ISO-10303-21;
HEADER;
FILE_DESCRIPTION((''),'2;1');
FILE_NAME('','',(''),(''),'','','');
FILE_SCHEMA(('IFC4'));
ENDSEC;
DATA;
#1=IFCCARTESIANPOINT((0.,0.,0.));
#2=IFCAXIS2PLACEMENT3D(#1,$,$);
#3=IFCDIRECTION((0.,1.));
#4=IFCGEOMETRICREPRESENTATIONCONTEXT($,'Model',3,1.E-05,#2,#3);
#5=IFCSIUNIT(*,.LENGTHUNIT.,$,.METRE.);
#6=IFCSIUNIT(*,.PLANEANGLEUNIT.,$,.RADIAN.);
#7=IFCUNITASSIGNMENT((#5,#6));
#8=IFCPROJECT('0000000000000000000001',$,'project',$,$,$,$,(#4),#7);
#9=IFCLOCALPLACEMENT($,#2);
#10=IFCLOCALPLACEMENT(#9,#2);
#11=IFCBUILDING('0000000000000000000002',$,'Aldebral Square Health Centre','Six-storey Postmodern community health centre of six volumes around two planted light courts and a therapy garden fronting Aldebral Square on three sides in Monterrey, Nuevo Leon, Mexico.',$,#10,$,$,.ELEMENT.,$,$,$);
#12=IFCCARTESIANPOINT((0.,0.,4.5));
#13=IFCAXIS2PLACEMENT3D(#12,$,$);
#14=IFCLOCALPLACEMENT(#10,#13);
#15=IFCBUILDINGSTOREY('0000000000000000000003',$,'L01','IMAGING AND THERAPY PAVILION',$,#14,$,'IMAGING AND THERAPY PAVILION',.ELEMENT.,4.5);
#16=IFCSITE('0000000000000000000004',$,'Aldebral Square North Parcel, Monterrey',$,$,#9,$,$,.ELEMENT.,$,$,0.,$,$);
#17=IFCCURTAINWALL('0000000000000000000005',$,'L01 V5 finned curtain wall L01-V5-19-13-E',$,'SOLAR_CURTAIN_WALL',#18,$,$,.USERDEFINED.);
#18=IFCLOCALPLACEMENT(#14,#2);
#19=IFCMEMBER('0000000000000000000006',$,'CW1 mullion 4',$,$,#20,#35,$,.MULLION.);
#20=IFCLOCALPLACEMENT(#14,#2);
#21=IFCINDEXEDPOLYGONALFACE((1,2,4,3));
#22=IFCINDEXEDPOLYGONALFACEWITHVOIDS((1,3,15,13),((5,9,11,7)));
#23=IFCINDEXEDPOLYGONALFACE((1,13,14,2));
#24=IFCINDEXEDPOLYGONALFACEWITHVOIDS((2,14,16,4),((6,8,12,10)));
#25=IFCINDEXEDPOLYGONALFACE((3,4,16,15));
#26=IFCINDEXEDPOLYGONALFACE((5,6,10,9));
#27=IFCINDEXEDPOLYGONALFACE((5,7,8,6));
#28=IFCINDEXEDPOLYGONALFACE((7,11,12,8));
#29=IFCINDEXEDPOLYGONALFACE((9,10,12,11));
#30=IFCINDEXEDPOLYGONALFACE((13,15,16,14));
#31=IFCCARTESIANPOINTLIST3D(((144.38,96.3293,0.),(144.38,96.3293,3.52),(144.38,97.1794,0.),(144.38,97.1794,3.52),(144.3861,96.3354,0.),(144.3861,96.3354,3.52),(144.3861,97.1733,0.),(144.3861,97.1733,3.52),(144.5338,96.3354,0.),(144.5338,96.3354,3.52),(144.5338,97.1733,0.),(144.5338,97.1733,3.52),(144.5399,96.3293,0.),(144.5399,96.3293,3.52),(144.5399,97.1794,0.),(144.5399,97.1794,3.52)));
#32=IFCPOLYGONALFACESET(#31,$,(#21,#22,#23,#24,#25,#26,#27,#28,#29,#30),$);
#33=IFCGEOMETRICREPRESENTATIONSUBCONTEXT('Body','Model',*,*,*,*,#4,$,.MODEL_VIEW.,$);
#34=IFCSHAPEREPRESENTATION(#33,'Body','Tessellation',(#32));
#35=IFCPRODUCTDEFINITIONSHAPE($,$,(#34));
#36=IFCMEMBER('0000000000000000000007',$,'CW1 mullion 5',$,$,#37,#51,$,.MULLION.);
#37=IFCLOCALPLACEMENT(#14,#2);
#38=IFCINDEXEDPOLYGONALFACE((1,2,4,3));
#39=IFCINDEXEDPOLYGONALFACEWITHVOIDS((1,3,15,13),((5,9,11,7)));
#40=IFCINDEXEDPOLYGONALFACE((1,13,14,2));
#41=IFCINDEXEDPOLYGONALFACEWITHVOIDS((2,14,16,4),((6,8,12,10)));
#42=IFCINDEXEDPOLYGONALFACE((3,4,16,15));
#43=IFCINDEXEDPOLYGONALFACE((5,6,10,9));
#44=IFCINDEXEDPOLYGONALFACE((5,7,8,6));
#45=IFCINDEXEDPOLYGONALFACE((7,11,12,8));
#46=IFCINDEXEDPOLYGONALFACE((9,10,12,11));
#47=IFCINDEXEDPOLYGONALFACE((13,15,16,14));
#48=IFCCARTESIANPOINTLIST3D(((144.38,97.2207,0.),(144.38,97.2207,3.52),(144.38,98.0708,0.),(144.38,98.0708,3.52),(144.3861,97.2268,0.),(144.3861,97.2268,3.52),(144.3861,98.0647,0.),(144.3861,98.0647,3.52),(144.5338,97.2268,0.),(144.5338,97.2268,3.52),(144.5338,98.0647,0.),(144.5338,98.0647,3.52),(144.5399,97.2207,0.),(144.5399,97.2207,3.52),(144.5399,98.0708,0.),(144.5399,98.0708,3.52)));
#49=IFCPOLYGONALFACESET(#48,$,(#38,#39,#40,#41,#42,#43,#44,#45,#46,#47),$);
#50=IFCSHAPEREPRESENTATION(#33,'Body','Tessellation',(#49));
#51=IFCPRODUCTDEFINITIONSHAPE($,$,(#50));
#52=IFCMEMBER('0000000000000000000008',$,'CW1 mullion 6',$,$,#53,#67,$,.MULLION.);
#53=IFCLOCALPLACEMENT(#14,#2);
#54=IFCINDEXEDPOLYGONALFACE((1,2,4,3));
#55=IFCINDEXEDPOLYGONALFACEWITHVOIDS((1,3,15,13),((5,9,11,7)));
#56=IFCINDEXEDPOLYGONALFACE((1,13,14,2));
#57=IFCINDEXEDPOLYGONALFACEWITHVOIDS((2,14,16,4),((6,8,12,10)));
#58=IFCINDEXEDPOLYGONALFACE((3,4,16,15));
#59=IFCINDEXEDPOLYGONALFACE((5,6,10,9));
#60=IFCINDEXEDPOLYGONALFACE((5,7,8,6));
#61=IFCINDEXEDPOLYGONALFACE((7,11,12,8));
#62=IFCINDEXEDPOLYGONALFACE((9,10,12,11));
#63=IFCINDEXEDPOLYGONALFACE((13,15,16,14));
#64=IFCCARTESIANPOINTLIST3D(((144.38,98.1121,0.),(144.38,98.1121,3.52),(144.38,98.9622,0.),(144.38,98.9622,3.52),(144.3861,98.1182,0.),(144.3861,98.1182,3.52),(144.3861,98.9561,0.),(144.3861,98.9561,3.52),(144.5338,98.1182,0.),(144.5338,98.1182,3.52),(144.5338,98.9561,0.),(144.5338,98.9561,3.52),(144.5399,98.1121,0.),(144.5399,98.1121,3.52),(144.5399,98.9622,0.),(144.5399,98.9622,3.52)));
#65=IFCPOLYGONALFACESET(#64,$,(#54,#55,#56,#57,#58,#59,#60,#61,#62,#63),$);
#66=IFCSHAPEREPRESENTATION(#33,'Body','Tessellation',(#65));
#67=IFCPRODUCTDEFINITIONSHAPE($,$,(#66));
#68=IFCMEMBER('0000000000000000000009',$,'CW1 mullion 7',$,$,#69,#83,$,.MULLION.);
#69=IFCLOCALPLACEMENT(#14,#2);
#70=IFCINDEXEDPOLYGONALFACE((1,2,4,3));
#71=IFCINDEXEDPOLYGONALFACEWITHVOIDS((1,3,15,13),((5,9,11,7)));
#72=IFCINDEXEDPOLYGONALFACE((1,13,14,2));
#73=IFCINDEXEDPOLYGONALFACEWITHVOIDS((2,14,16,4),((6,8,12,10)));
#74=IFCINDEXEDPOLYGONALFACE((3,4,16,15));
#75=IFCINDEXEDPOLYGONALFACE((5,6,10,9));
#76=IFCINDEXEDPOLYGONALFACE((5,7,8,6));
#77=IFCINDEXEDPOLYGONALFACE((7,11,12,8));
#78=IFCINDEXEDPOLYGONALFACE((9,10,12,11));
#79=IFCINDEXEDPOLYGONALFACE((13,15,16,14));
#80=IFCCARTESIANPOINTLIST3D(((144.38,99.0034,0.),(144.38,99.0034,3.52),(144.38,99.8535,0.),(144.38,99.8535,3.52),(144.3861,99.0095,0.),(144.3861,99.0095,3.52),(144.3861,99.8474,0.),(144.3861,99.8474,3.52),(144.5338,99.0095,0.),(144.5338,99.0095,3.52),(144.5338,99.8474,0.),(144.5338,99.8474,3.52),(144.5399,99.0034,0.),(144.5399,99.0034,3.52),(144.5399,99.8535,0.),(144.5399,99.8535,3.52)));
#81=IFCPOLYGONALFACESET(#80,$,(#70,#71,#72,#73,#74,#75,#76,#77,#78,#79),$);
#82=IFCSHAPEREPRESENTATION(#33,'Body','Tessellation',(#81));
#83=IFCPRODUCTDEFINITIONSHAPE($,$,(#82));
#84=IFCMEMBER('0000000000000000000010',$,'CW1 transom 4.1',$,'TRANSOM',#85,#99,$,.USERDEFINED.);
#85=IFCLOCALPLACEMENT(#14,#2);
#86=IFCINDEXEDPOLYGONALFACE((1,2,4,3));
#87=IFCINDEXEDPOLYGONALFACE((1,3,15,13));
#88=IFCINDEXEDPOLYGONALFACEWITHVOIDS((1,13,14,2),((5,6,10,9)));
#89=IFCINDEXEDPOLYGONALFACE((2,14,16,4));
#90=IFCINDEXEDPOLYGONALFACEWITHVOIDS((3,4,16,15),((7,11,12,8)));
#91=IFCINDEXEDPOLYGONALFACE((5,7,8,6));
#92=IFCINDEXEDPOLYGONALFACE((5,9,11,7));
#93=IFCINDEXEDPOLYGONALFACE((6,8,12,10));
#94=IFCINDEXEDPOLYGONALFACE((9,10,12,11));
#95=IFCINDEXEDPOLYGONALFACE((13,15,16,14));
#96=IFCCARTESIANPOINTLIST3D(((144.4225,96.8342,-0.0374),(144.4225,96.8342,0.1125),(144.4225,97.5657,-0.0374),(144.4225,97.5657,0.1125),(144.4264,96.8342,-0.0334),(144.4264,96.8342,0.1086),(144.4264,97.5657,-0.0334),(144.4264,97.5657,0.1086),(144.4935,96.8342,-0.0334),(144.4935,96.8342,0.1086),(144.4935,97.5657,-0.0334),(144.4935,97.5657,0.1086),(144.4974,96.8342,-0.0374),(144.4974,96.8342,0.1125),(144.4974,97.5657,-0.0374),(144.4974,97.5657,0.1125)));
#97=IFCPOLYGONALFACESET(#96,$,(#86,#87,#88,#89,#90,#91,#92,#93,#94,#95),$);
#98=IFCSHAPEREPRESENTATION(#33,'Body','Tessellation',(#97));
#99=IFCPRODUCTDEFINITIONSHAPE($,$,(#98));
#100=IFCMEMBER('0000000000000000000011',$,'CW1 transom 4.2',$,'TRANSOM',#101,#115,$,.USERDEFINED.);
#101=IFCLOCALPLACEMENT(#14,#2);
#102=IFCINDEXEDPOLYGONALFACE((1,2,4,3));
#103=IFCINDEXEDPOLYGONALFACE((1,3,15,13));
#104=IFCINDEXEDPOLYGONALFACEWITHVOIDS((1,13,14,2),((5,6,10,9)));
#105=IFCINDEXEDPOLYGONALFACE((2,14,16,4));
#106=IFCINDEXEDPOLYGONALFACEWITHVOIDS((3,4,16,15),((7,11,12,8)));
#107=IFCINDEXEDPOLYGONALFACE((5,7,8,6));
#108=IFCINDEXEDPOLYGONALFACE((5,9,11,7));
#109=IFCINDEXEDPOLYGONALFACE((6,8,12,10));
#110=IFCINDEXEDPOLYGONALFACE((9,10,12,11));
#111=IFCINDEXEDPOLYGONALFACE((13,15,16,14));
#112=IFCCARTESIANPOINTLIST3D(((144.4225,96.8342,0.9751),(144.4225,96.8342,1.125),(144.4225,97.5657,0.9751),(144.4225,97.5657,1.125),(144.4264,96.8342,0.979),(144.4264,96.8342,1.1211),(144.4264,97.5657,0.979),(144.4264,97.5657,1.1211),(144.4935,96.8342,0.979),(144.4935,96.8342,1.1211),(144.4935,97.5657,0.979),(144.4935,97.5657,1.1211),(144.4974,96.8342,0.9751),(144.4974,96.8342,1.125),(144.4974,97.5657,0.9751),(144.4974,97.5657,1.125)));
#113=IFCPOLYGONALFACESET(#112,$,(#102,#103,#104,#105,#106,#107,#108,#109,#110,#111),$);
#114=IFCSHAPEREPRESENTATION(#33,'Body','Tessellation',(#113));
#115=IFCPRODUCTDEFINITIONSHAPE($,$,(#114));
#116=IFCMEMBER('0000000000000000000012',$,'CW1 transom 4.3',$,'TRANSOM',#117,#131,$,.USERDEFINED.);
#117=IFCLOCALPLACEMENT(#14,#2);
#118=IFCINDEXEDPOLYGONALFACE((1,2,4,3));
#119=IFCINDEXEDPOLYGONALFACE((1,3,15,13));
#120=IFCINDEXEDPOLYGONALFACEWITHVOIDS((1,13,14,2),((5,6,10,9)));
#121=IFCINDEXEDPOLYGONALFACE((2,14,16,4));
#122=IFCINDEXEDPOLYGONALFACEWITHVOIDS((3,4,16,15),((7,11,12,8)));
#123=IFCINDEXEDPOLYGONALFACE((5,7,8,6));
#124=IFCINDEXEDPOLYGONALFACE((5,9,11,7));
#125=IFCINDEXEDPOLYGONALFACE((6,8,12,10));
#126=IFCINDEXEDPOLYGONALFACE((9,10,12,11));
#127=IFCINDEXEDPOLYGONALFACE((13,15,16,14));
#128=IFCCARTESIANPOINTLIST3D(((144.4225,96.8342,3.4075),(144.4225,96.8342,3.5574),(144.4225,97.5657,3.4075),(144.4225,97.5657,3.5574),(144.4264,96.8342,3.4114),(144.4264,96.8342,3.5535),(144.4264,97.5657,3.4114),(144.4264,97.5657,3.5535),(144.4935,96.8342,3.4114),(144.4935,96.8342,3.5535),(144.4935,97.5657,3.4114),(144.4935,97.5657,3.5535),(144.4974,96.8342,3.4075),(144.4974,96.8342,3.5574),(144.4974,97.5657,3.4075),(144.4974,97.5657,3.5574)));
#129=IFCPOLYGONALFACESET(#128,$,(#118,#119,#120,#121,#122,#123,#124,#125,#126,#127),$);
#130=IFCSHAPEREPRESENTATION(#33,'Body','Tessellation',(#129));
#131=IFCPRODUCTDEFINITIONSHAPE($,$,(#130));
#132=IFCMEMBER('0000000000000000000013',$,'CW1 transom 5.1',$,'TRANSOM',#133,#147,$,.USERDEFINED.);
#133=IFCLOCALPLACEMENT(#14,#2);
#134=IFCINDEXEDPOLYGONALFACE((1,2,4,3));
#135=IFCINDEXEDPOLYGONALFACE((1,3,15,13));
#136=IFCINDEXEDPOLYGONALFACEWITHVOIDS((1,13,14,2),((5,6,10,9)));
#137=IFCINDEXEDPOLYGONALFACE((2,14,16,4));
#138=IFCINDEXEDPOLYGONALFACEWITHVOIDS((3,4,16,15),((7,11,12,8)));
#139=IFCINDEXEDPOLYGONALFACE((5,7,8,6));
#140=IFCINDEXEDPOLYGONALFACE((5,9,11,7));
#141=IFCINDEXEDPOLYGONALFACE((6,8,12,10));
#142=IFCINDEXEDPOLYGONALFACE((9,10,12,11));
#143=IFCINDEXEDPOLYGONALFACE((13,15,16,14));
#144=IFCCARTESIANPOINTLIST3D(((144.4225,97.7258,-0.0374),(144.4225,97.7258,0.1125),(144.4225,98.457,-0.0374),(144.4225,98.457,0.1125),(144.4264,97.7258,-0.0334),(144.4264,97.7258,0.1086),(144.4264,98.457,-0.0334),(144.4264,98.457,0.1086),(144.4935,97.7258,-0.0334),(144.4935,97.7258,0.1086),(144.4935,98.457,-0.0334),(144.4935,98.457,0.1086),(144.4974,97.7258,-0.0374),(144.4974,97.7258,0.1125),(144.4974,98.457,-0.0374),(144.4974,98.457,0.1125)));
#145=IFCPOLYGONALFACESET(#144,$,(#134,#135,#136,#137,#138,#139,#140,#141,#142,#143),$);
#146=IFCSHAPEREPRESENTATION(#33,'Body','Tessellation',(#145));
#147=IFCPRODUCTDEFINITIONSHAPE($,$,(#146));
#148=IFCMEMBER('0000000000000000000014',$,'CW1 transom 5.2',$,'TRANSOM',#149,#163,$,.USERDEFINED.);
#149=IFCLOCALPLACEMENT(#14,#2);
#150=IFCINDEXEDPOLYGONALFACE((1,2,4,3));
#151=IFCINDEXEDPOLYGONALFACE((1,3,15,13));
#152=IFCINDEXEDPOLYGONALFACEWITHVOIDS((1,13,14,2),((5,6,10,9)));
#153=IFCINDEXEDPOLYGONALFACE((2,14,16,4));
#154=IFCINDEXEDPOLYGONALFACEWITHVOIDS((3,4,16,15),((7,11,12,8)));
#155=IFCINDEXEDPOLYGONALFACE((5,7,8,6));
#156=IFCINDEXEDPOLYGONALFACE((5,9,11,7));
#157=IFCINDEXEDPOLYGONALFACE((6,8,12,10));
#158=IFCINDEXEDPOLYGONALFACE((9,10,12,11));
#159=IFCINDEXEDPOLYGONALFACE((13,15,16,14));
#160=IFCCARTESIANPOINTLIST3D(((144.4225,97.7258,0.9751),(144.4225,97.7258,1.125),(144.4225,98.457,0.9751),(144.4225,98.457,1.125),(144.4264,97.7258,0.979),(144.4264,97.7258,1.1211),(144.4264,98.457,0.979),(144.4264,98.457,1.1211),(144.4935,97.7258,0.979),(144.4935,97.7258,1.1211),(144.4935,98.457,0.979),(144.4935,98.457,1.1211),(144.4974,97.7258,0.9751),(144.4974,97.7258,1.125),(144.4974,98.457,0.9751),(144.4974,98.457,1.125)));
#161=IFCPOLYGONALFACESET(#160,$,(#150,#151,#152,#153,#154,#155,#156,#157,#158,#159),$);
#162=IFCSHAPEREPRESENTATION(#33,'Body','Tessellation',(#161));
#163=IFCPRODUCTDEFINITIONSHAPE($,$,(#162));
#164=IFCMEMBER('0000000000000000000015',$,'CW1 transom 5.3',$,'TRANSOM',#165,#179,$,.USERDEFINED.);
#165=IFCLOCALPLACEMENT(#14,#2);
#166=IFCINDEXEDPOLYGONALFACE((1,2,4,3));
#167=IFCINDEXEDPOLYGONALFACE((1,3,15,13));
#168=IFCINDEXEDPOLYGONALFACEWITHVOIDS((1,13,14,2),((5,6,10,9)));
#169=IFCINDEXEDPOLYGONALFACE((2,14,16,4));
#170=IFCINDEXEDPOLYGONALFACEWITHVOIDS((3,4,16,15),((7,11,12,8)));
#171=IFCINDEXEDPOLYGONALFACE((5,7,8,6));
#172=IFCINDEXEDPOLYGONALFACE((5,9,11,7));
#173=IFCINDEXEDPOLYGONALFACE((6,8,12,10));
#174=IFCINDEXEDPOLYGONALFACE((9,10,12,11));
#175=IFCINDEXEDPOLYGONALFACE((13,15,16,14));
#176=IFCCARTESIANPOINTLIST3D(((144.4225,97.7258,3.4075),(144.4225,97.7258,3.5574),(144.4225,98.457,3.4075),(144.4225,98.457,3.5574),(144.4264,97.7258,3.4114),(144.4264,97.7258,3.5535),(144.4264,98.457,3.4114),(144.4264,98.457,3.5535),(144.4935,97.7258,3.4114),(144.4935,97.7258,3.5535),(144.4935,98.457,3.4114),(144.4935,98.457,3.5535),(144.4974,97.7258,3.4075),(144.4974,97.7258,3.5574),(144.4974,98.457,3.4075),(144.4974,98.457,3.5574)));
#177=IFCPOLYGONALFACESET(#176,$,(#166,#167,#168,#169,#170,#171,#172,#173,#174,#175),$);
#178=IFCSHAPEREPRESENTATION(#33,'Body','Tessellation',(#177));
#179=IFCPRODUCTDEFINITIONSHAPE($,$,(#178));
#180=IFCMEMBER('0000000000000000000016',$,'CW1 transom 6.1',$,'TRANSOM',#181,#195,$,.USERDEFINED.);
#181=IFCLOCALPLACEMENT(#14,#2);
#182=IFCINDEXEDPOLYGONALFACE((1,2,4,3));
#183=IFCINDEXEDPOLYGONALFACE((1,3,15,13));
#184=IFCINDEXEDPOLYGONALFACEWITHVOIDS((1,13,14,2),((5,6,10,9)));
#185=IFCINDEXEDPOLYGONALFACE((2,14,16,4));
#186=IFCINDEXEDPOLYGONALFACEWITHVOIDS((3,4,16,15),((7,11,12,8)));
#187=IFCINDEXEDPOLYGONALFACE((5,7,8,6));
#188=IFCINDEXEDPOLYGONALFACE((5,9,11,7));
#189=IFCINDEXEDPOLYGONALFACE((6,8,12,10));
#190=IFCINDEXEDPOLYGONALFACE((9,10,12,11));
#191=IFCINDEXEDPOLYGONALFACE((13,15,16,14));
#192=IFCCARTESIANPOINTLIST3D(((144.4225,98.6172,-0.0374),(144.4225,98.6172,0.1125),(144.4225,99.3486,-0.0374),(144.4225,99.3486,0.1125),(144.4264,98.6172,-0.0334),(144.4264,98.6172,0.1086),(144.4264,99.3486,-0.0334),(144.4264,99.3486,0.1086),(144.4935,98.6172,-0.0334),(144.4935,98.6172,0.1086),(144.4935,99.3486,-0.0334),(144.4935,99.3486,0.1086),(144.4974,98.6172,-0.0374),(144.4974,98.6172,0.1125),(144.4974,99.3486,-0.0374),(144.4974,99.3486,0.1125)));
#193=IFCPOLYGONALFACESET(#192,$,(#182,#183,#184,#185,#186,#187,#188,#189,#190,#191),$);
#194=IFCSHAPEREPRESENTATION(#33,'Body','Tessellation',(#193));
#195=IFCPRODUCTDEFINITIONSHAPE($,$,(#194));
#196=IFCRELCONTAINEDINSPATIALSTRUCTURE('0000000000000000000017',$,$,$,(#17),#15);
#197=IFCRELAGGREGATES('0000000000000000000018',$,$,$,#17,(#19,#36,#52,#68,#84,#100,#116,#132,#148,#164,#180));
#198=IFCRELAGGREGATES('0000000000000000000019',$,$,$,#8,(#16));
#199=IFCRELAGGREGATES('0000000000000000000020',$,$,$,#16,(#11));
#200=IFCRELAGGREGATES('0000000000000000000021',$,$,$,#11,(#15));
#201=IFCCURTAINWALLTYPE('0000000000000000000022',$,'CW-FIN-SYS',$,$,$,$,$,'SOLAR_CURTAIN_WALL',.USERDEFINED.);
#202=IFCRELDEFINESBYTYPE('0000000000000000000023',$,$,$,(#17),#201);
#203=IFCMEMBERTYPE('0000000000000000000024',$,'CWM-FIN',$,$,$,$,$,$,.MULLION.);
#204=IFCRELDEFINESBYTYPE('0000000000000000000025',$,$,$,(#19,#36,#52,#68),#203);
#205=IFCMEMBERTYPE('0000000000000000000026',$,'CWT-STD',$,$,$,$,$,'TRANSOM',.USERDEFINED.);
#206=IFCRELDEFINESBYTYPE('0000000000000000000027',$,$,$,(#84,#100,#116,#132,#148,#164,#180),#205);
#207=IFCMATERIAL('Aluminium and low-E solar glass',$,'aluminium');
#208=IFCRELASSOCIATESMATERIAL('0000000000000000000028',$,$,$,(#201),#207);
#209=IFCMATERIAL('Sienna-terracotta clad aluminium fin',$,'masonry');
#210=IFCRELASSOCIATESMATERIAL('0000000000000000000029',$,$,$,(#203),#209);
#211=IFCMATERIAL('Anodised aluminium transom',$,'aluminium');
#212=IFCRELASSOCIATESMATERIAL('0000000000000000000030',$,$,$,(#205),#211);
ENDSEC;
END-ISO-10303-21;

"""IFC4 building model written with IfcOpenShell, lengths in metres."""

from ifc_helpers import new_model, si_unit, direction, frame, origin, origin_2d, place, context, subcontext, project, spatial, hollow_rectangle, extrude, material, material_profile, profile_set, type_object, element, aggregate, save


model = new_model("IFC4")

# Units and contexts
model_context = context("Model", 3, precision=1e-05, world=origin(), true_north=direction((0.0, 1.0)))
body_context = subcontext(model_context, "Body", "Model", "MODEL_VIEW")
ifc_project = project(units=[si_unit("LENGTHUNIT", "METRE"), si_unit("PLANEANGLEUNIT", "RADIAN")], contexts=[model_context])

# Site, building, storey
site_placement = place(None, origin())
site = spatial("IfcSite", under=ifc_project, at=site_placement, Name="Aldebral Square North Parcel, Monterrey", CompositionType="ELEMENT", RefElevation=0.0)
building_placement = place(site_placement, origin())
building = spatial("IfcBuilding", under=site, at=building_placement, Name="Aldebral Square Health Centre", Description="Six-storey Postmodern community health centre of six volumes around two planted light courts and a therapy garden fronting Aldebral Square on three sides in Monterrey, Nuevo Leon, Mexico.", CompositionType="ELEMENT")
storey_placement = place(building_placement, frame((0.0, 0.0, 4.5)))
storey = spatial("IfcBuildingStorey", under=building, at=storey_placement, Name="L01", Description="IMAGING AND THERAPY PAVILION", LongName="IMAGING AND THERAPY PAVILION", CompositionType="ELEMENT", Elevation=4.5)

# Curtain wall, members
ifc_material_1 = material(Name="Aluminium and low-E solar glass", Category="aluminium")
curtain_wall_type = type_object("IfcCurtainWallType", Name="CW-FIN-SYS", ElementType="SOLAR_CURTAIN_WALL", PredefinedType="USERDEFINED", material=ifc_material_1)
curtain_wall_placement = place(storey_placement, origin())
curtain_wall = element("IfcCurtainWall", 1, at=curtain_wall_placement, inside=storey, type_object=curtain_wall_type, Name="L01 V5 finned curtain wall L01-V5-19-13-E", ObjectType="SOLAR_CURTAIN_WALL", PredefinedType="USERDEFINED")
ifc_material_2 = material(Name="Sienna-terracotta clad aluminium fin", Category="masonry")
ifc_material_profile_1 = material_profile(ifc_material_2, hollow_rectangle(XDim=0.1599, YDim=0.8501, WallThickness=0.0061, at=origin_2d()), Name="FIN 160x850x6")
ifc_profile_set_1 = profile_set([ifc_material_profile_1], Name="Sienna-terracotta clad aluminium fin")
member_type_1 = type_object("IfcMemberType", Name="CWM-FIN", PredefinedType="MULLION", material=ifc_profile_set_1)
member_1_placement = place(storey_placement, frame((144.46, 96.7544, 0.0), z_axis=(0.0, 0.0, 1.0), x_axis=(-1.0, 0.0, 0.0)))
member_1 = element("IfcMember", 2, at=member_1_placement, type_object=member_type_1, Name="CW1 mullion 4", PredefinedType="MULLION", context=body_context, shape_type="SweptSolid", body=[
    extrude(hollow_rectangle(XDim=0.1599, YDim=0.8501, WallThickness=0.0061, at=origin_2d()), origin(), (0.0, 0.0, 1.0), 3.52),
])
member_2_placement = place(storey_placement, frame((144.46, 97.6458, 0.0), z_axis=(0.0, 0.0, 1.0), x_axis=(-1.0, 0.0, 0.0)))
member_2 = element("IfcMember", 3, at=member_2_placement, type_object=member_type_1, Name="CW1 mullion 5", PredefinedType="MULLION", context=body_context, shape_type="SweptSolid", body=[
    extrude(hollow_rectangle(XDim=0.1599, YDim=0.8501, WallThickness=0.0061, at=origin_2d()), origin(), (0.0, 0.0, 1.0), 3.52),
])
member_3_placement = place(storey_placement, frame((144.46, 98.5371, 0.0), z_axis=(0.0, 0.0, 1.0), x_axis=(-1.0, 0.0, 0.0)))
member_3 = element("IfcMember", 4, at=member_3_placement, type_object=member_type_1, Name="CW1 mullion 6", PredefinedType="MULLION", context=body_context, shape_type="SweptSolid", body=[
    extrude(hollow_rectangle(XDim=0.1599, YDim=0.8501, WallThickness=0.0061, at=origin_2d()), origin(), (0.0, 0.0, 1.0), 3.52),
])
member_4_placement = place(storey_placement, frame((144.46, 99.4285, 0.0), z_axis=(0.0, 0.0, 1.0), x_axis=(-1.0, 0.0, 0.0)))
member_4 = element("IfcMember", 5, at=member_4_placement, type_object=member_type_1, Name="CW1 mullion 7", PredefinedType="MULLION", context=body_context, shape_type="SweptSolid", body=[
    extrude(hollow_rectangle(XDim=0.1599, YDim=0.8501, WallThickness=0.0061, at=origin_2d()), origin(), (0.0, 0.0, 1.0), 3.52),
])
ifc_material_3 = material(Name="Anodised aluminium transom", Category="aluminium")
ifc_material_profile_2 = material_profile(ifc_material_3, hollow_rectangle(XDim=0.075, YDim=0.1499, WallThickness=0.0039, at=origin_2d()), Name="CWT 75x150x4")
ifc_profile_set_2 = profile_set([ifc_material_profile_2], Name="Anodised aluminium transom")
member_type_2 = type_object("IfcMemberType", Name="CWT-STD", ElementType="TRANSOM", PredefinedType="USERDEFINED", material=ifc_profile_set_2)
member_5_placement = place(storey_placement, frame((144.46, 96.8342, 0.0376), z_axis=(0.0, 1.0, 0.0), x_axis=(-1.0, 0.0, 0.0)))
member_5 = element("IfcMember", 6, at=member_5_placement, type_object=member_type_2, Name="CW1 transom 4.1", ObjectType="TRANSOM", PredefinedType="USERDEFINED", context=body_context, shape_type="SweptSolid", body=[
    extrude(hollow_rectangle(XDim=0.075, YDim=0.1499, WallThickness=0.0039, at=origin_2d()), origin(), (0.0, 0.0, 1.0), 0.7314),
])
member_6_placement = place(storey_placement, frame((144.46, 96.8342, 1.05), z_axis=(0.0, 1.0, 0.0), x_axis=(-1.0, 0.0, 0.0)))
member_6 = element("IfcMember", 7, at=member_6_placement, type_object=member_type_2, Name="CW1 transom 4.2", ObjectType="TRANSOM", PredefinedType="USERDEFINED", context=body_context, shape_type="SweptSolid", body=[
    extrude(hollow_rectangle(XDim=0.075, YDim=0.1499, WallThickness=0.0039, at=origin_2d()), origin(), (0.0, 0.0, 1.0), 0.7314),
])
member_7_placement = place(storey_placement, frame((144.46, 96.8342, 3.4824), z_axis=(0.0, 1.0, 0.0), x_axis=(-1.0, 0.0, 0.0)))
member_7 = element("IfcMember", 8, at=member_7_placement, type_object=member_type_2, Name="CW1 transom 4.3", ObjectType="TRANSOM", PredefinedType="USERDEFINED", context=body_context, shape_type="SweptSolid", body=[
    extrude(hollow_rectangle(XDim=0.075, YDim=0.1499, WallThickness=0.0039, at=origin_2d()), origin(), (0.0, 0.0, 1.0), 0.7314),
])
member_8_placement = place(storey_placement, frame((144.46, 97.7258, 0.0376), z_axis=(0.0, 1.0, 0.0), x_axis=(-1.0, 0.0, 0.0)))
member_8 = element("IfcMember", 9, at=member_8_placement, type_object=member_type_2, Name="CW1 transom 5.1", ObjectType="TRANSOM", PredefinedType="USERDEFINED", context=body_context, shape_type="SweptSolid", body=[
    extrude(hollow_rectangle(XDim=0.075, YDim=0.1499, WallThickness=0.0039, at=origin_2d()), origin(), (0.0, 0.0, 1.0), 0.7312),
])
member_9_placement = place(storey_placement, frame((144.46, 97.7258, 1.05), z_axis=(0.0, 1.0, 0.0), x_axis=(-1.0, 0.0, 0.0)))
member_9 = element("IfcMember", 10, at=member_9_placement, type_object=member_type_2, Name="CW1 transom 5.2", ObjectType="TRANSOM", PredefinedType="USERDEFINED", context=body_context, shape_type="SweptSolid", body=[
    extrude(hollow_rectangle(XDim=0.075, YDim=0.1499, WallThickness=0.0039, at=origin_2d()), origin(), (0.0, 0.0, 1.0), 0.7312),
])
member_10_placement = place(storey_placement, frame((144.46, 97.7258, 3.4824), z_axis=(0.0, 1.0, 0.0), x_axis=(-1.0, 0.0, 0.0)))
member_10 = element("IfcMember", 11, at=member_10_placement, type_object=member_type_2, Name="CW1 transom 5.3", ObjectType="TRANSOM", PredefinedType="USERDEFINED", context=body_context, shape_type="SweptSolid", body=[
    extrude(hollow_rectangle(XDim=0.075, YDim=0.1499, WallThickness=0.0039, at=origin_2d()), origin(), (0.0, 0.0, 1.0), 0.7312),
])
member_11_placement = place(storey_placement, frame((144.46, 98.6172, 0.0376), z_axis=(0.0, 1.0, 0.0), x_axis=(-1.0, 0.0, 0.0)))
member_11 = element("IfcMember", 12, at=member_11_placement, type_object=member_type_2, Name="CW1 transom 6.1", ObjectType="TRANSOM", PredefinedType="USERDEFINED", context=body_context, shape_type="SweptSolid", body=[
    extrude(hollow_rectangle(XDim=0.075, YDim=0.1499, WallThickness=0.0039, at=origin_2d()), origin(), (0.0, 0.0, 1.0), 0.7314),
])
aggregate(curtain_wall, [member_1, member_2, member_3, member_4, member_5, member_6, member_7, member_8, member_9, member_10, member_11])

save(model, "model.ifc")
